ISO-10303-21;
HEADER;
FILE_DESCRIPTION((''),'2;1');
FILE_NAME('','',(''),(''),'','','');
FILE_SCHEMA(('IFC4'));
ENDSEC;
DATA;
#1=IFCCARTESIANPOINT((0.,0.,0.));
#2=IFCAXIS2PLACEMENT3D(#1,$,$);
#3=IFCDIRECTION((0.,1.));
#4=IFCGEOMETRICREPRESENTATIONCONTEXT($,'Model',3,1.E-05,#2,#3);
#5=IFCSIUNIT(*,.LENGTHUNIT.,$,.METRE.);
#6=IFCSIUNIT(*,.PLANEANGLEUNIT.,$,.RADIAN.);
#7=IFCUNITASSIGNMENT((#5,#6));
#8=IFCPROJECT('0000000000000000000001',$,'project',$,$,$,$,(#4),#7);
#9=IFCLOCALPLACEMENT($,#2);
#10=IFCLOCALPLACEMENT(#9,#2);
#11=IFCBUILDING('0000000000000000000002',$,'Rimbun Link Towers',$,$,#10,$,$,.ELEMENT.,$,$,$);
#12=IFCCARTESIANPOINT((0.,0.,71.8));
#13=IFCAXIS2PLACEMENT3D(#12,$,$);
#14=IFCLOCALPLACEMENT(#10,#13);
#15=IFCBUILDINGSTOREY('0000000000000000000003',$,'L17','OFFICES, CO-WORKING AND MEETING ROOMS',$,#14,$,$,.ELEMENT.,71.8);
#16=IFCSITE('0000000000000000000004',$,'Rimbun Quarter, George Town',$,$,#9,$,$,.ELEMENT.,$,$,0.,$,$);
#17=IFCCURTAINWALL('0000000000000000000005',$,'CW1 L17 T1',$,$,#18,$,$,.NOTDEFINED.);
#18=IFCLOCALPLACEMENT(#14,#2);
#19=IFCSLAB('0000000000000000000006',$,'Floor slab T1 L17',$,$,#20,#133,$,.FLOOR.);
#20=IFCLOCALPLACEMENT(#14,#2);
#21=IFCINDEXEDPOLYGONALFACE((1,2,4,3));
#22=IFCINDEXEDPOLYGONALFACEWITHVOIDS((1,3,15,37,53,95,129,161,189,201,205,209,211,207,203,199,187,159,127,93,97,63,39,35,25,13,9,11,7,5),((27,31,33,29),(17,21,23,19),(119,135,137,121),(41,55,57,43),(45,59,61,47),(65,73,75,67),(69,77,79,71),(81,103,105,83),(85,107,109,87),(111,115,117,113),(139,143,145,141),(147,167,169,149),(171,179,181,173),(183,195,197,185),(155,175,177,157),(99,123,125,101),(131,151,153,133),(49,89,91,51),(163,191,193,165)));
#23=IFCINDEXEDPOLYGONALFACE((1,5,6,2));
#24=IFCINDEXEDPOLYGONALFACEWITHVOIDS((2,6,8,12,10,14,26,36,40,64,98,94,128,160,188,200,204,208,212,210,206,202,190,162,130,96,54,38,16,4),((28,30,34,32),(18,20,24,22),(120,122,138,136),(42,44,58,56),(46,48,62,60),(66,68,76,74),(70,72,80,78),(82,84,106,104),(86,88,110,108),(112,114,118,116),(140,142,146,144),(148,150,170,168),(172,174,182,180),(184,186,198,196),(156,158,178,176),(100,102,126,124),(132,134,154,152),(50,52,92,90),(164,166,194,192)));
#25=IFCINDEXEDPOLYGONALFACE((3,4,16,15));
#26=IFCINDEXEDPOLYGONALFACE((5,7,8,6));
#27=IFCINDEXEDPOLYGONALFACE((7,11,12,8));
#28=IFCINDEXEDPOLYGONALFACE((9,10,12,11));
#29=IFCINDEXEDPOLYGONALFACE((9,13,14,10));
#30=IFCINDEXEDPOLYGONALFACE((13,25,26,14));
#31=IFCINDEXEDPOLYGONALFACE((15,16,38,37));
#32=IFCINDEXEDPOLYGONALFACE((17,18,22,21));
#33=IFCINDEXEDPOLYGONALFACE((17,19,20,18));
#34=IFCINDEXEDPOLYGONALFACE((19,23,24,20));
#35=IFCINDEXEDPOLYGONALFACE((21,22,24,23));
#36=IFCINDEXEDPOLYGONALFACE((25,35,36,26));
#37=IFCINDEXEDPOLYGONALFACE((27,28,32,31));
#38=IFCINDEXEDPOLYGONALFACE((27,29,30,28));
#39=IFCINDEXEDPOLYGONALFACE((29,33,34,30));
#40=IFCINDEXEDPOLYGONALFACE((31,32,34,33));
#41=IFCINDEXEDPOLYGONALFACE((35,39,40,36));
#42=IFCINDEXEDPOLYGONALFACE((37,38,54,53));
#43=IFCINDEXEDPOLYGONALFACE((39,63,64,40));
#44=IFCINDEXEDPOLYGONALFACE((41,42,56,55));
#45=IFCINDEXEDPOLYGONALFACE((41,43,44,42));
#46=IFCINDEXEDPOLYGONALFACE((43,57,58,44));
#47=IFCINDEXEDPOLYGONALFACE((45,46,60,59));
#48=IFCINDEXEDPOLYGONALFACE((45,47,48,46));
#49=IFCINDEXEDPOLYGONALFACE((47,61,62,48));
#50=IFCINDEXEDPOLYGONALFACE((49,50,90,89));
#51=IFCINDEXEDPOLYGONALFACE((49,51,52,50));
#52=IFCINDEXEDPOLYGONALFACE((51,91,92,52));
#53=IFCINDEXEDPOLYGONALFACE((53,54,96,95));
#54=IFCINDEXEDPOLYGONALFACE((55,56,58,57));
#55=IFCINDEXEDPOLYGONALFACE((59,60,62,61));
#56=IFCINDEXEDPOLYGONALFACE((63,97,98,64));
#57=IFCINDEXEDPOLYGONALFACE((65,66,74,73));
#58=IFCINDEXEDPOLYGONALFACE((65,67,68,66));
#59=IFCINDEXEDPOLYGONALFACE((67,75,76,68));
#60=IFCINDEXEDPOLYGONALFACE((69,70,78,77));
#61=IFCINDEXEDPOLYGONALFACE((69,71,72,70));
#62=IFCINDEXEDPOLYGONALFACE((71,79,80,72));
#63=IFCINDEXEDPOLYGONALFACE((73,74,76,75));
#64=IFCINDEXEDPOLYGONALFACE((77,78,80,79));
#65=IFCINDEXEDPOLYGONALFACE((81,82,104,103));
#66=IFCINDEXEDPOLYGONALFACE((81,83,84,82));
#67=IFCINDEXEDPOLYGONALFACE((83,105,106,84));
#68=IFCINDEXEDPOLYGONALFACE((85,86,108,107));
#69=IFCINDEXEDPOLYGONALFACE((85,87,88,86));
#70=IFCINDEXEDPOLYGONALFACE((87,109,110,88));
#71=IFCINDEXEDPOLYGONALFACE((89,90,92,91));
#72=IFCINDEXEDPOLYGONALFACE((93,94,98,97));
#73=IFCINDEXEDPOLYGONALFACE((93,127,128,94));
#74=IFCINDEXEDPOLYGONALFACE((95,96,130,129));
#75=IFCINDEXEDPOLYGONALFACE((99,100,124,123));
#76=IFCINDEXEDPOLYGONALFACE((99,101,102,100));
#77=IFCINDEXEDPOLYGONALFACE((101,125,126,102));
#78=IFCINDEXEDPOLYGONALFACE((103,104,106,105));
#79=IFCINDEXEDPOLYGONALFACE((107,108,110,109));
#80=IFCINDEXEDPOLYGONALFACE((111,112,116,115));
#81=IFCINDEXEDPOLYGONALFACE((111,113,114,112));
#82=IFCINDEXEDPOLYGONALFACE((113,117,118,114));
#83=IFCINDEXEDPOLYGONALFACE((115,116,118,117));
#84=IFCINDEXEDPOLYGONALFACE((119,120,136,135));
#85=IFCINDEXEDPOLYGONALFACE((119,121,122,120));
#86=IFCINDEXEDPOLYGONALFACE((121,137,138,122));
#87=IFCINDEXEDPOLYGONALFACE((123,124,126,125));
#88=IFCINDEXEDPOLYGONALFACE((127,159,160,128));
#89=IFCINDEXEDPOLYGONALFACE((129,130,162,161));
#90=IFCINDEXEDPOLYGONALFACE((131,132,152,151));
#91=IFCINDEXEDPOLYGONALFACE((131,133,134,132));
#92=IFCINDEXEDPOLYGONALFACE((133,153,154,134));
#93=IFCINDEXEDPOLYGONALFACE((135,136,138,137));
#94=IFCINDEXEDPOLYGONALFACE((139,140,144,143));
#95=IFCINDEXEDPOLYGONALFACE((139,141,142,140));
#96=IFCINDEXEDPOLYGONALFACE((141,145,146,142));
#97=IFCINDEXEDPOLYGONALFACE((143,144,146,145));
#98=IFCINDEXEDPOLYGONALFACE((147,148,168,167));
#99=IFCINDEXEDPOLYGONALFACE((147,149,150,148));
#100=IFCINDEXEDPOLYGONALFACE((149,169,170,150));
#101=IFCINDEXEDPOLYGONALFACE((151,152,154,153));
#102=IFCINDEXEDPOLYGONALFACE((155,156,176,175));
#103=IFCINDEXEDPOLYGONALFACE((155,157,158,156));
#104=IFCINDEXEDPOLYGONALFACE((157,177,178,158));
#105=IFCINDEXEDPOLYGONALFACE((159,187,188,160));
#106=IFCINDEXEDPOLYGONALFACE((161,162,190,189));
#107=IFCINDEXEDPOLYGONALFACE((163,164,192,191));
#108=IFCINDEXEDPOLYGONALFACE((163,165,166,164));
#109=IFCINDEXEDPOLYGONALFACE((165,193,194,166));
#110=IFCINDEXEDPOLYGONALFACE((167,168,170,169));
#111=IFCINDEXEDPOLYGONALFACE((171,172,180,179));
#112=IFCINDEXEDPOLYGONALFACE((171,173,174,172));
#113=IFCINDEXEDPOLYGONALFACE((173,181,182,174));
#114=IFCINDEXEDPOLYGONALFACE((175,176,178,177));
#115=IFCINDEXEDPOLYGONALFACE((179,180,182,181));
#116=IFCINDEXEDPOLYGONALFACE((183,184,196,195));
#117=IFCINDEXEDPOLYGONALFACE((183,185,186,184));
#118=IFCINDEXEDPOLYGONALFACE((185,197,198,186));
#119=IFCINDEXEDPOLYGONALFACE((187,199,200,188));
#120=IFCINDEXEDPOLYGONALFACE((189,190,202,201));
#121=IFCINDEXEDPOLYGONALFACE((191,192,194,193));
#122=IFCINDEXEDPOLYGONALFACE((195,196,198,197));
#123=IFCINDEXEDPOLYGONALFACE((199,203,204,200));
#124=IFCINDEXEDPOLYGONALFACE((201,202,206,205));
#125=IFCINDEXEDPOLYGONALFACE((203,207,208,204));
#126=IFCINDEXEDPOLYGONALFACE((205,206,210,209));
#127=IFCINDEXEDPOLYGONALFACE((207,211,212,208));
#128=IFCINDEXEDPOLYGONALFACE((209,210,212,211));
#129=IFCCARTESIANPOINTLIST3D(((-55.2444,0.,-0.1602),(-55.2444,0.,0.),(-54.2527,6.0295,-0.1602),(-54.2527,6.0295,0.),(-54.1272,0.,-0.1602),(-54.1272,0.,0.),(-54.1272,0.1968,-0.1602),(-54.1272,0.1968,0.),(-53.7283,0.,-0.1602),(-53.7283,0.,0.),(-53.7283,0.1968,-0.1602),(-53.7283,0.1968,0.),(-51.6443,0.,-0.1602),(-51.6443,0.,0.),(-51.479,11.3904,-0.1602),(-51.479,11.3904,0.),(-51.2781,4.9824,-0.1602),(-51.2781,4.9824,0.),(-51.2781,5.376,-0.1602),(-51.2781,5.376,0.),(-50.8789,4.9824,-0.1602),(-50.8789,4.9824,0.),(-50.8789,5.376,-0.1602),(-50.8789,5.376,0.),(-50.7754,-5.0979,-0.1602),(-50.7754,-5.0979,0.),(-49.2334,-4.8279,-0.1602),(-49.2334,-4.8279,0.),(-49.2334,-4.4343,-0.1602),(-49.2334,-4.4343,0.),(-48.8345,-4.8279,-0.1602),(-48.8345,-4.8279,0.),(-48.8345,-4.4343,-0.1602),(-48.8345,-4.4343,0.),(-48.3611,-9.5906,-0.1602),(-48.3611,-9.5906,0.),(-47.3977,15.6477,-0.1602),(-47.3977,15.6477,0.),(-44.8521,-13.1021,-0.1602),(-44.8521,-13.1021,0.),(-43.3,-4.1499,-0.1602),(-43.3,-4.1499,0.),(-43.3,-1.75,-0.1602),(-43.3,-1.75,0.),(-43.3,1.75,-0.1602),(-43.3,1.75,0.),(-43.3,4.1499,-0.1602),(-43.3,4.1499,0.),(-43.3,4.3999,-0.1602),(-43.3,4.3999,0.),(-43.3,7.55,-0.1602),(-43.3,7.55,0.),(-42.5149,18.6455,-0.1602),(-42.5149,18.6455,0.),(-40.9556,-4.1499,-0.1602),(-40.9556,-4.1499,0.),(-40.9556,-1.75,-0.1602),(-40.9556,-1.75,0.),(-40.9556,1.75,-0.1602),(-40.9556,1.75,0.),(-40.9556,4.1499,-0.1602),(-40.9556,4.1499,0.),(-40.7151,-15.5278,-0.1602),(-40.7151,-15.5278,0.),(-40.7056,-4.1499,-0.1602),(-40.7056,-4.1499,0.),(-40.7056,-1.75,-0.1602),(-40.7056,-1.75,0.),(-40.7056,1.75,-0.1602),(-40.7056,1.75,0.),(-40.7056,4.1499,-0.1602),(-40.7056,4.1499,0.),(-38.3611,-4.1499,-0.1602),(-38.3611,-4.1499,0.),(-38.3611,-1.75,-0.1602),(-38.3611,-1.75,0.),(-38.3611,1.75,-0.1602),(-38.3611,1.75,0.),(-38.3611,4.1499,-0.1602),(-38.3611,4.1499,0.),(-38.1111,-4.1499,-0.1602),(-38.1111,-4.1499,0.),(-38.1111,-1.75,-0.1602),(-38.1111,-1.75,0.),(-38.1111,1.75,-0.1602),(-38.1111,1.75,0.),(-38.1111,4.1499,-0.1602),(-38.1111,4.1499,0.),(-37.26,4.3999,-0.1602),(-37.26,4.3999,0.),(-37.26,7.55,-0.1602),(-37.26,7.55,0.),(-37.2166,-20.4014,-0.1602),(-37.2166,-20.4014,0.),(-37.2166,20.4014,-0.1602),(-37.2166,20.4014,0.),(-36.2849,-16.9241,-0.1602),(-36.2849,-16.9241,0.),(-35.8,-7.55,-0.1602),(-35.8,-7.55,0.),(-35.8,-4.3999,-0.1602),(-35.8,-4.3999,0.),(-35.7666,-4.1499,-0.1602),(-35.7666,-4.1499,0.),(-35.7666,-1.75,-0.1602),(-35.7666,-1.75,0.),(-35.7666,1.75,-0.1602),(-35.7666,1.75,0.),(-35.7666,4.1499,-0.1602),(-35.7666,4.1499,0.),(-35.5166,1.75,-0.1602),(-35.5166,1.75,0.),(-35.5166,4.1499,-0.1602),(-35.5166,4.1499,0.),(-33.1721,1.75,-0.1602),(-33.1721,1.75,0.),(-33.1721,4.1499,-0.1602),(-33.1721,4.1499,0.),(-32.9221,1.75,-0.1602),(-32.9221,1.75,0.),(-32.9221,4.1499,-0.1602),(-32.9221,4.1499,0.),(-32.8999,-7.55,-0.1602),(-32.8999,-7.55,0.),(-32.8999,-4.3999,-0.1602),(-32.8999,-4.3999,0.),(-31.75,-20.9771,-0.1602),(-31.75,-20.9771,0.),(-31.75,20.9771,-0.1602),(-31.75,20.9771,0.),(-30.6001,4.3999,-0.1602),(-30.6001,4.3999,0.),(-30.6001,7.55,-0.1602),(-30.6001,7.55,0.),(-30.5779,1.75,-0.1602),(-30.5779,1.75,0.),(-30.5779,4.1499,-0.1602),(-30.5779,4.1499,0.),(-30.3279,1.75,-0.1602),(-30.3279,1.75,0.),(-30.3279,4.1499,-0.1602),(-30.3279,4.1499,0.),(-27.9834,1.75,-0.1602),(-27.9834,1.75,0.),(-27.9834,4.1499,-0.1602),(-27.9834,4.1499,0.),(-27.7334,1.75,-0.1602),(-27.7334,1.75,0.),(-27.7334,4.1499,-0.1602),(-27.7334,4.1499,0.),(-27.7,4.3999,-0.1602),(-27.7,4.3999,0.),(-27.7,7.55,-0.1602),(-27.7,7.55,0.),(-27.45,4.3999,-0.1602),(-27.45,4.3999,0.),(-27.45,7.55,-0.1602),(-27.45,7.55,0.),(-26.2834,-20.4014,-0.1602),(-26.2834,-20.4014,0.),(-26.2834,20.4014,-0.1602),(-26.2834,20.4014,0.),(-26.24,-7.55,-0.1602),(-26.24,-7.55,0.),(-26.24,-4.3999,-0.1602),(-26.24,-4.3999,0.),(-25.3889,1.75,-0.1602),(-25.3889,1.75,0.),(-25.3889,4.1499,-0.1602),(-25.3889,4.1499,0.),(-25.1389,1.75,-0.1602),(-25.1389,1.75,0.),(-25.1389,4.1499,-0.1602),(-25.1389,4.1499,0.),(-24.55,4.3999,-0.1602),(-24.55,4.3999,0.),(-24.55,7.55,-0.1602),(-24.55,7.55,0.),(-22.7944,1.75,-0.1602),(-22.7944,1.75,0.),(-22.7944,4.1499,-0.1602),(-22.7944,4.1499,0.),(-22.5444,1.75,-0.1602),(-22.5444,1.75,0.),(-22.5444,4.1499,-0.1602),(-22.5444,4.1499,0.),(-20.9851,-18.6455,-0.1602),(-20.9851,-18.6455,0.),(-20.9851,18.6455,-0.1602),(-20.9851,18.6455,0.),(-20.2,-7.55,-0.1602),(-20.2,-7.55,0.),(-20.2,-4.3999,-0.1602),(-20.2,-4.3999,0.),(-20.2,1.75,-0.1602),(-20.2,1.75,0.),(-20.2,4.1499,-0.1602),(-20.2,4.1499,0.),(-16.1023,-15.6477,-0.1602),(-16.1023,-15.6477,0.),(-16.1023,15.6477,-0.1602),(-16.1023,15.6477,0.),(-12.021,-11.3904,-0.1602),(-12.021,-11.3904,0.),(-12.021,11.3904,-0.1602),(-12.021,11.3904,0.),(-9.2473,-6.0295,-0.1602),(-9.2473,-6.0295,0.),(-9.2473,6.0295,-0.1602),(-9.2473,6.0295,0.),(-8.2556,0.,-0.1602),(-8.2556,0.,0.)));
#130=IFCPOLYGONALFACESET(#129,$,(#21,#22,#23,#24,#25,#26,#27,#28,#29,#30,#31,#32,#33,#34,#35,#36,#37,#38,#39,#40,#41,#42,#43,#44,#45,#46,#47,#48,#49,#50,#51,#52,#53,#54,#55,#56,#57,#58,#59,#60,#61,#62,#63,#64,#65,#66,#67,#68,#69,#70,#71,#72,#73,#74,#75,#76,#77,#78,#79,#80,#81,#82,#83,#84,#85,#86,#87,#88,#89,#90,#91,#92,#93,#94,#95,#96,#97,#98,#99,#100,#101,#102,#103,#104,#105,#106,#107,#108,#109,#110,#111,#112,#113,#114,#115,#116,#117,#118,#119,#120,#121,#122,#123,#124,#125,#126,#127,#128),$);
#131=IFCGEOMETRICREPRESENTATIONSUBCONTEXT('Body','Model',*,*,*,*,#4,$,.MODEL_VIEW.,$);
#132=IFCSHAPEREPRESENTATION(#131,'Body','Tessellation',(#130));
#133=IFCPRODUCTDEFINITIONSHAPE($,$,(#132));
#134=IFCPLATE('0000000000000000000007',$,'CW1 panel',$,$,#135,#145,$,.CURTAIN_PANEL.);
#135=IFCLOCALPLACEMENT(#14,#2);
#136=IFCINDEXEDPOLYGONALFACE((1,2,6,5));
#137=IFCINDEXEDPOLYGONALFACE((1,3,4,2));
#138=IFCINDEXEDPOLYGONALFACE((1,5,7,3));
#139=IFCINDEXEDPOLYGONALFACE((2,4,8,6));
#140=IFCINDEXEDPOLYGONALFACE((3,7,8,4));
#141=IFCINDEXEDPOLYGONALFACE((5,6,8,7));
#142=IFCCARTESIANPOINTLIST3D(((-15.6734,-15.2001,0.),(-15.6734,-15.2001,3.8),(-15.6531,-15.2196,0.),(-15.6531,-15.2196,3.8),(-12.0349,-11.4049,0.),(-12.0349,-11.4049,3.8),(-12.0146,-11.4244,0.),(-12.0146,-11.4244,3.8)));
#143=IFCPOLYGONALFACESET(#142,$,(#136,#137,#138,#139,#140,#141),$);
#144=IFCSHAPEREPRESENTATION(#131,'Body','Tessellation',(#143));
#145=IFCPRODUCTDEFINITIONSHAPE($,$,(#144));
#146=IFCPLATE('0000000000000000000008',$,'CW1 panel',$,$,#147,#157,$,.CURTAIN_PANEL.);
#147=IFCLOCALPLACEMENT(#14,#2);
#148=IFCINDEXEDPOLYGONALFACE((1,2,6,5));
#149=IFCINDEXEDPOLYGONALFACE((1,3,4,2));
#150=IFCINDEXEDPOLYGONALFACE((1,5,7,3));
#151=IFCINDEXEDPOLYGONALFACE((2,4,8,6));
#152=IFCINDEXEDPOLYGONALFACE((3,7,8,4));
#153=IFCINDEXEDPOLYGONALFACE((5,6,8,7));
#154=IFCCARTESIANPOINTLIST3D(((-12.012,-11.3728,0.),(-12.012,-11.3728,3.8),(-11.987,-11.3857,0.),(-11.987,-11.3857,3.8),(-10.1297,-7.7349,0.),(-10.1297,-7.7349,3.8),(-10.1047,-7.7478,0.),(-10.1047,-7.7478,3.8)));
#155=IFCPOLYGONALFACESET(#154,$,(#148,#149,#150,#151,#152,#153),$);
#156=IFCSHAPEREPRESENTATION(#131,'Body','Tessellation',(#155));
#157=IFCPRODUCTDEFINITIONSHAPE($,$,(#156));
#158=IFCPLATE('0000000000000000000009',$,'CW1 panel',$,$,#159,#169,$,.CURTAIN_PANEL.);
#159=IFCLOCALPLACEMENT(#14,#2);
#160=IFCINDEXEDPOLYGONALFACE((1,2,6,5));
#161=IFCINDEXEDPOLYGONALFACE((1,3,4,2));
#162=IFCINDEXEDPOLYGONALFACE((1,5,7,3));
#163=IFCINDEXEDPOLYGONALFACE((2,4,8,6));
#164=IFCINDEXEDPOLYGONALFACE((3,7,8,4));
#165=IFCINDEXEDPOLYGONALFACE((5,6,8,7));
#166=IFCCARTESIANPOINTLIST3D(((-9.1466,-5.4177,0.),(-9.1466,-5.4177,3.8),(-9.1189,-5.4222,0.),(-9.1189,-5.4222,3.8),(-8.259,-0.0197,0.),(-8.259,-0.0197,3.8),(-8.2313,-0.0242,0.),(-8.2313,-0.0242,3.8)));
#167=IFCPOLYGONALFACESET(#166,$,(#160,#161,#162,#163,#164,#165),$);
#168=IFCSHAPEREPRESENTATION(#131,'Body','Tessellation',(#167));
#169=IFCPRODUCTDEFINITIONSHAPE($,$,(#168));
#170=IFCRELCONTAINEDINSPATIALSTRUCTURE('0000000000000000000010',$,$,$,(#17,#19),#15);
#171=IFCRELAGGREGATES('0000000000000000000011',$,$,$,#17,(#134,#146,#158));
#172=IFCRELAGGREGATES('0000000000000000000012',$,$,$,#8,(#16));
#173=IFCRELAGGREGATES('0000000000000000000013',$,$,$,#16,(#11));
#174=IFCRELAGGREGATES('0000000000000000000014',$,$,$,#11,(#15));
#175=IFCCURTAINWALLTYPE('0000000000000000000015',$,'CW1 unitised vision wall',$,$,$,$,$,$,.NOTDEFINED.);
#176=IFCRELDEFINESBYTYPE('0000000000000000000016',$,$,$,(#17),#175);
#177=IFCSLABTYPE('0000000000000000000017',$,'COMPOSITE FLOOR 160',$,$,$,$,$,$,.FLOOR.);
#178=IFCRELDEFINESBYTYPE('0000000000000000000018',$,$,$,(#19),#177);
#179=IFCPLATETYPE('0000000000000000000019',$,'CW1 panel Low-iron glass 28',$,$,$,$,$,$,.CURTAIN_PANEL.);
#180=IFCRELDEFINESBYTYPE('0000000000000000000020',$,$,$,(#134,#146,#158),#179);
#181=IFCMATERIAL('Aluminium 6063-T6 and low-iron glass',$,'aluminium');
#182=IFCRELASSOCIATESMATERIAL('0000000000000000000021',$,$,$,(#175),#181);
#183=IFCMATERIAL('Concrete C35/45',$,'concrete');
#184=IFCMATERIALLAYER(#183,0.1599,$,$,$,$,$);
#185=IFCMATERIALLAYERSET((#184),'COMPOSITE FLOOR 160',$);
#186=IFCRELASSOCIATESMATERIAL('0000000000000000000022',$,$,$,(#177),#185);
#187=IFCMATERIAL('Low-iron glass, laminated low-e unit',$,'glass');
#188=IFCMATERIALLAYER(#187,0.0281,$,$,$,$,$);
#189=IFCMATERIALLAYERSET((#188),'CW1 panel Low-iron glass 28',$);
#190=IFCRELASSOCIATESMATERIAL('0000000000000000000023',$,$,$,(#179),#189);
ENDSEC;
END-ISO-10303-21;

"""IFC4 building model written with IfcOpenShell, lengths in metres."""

from ifc_helpers import new_model, si_unit, direction, frame, origin, origin_2d, place, context, subcontext, project, spatial, polyline, rectangle, outline, extrude, material, layer, layer_set, type_object, element, aggregate, save


model = new_model("IFC4")

# Units and contexts
model_context = context("Model", 3, precision=1e-05, world=origin(), true_north=direction((0.0, 1.0)))
body_context = subcontext(model_context, "Body", "Model", "MODEL_VIEW")
ifc_project = project(units=[si_unit("LENGTHUNIT", "METRE"), si_unit("PLANEANGLEUNIT", "RADIAN")], contexts=[model_context])

# Site, building, storey
site_placement = place(None, origin())
site = spatial("IfcSite", under=ifc_project, at=site_placement, Name="Rimbun Quarter, George Town", CompositionType="ELEMENT", RefElevation=0.0)
building_placement = place(site_placement, origin())
building = spatial("IfcBuilding", under=site, at=building_placement, Name="Rimbun Link Towers", CompositionType="ELEMENT")
storey_placement = place(building_placement, frame((0.0, 0.0, 71.8)))
storey = spatial("IfcBuildingStorey", under=building, at=storey_placement, Name="L17", Description="OFFICES, CO-WORKING AND MEETING ROOMS", CompositionType="ELEMENT", Elevation=71.8)

# Curtain wall
ifc_material_1 = material(Name="Aluminium 6063-T6 and low-iron glass", Category="aluminium")
curtain_wall_type = type_object("IfcCurtainWallType", Name="CW1 unitised vision wall", PredefinedType="NOTDEFINED", material=ifc_material_1)
curtain_wall_placement = place(storey_placement, origin())
curtain_wall = element("IfcCurtainWall", 1, at=curtain_wall_placement, inside=storey, type_object=curtain_wall_type, Name="CW1 L17 T1", PredefinedType="NOTDEFINED")

# Slab
ifc_material_2 = material(Name="Concrete C35/45", Category="concrete")
ifc_layer_1 = layer(ifc_material_2, 0.1599)
ifc_layer_set_1 = layer_set([ifc_layer_1], Name="COMPOSITE FLOOR 160")
slab_type = type_object("IfcSlabType", Name="COMPOSITE FLOOR 160", PredefinedType="FLOOR", material=ifc_layer_set_1)
slab_placement = place(storey_placement, frame((0.0, 0.0, -0.1602)))
element("IfcSlab", 2, at=slab_placement, inside=storey, type_object=slab_type, Name="Floor slab T1 L17", PredefinedType="FLOOR", context=body_context, shape_type="SweptSolid", body=[
    extrude(outline(polyline([(-55.2444, 0.0), (-54.2527, 6.0295), (-51.479, 11.3904), (-47.3977, 15.6477), (-42.5149, 18.6455), (-37.2166, 20.4014), (-31.75, 20.9771), (-26.2834, 20.4014), (-20.9851, 18.6455), (-16.1023, 15.6477), (-12.021, 11.3904), (-9.2473, 6.0295), (-8.2556, 0.0), (-9.2473, -6.0295), (-12.021, -11.3904), (-16.1023, -15.6477), (-20.9851, -18.6455), (-26.2834, -20.4014), (-31.75, -20.9771), (-37.2166, -20.4014), (-36.2849, -16.9241), (-40.7151, -15.5278), (-44.8521, -13.1021), (-48.3611, -9.5906), (-50.7754, -5.0979), (-51.6443, 0.0), (-53.7283, 0.0), (-53.7283, 0.1968), (-54.1272, 0.1968), (-54.1272, 0.0), (-55.2444, 0.0)]), holes=[polyline([(-48.8345, -4.8279), (-48.8345, -4.4343), (-49.2334, -4.4343), (-49.2334, -4.8279), (-48.8345, -4.8279)]), polyline([(-40.9556, -4.1499), (-40.9556, -1.75), (-43.3, -1.75), (-43.3, -4.1499), (-40.9556, -4.1499)]), polyline([(-38.3611, -4.1499), (-38.3611, -1.75), (-40.7056, -1.75), (-40.7056, -4.1499), (-38.3611, -4.1499)]), polyline([(-38.1111, -4.1499), (-35.7666, -4.1499), (-35.7666, -1.75), (-38.1111, -1.75), (-38.1111, -4.1499)]), polyline([(-40.9556, 1.75), (-40.9556, 4.1499), (-43.3, 4.1499), (-43.3, 1.75), (-40.9556, 1.75)]), polyline([(-38.3611, 1.75), (-38.3611, 4.1499), (-40.7056, 4.1499), (-40.7056, 1.75), (-38.3611, 1.75)]), polyline([(-35.7666, 1.75), (-35.7666, 4.1499), (-38.1111, 4.1499), (-38.1111, 1.75), (-35.7666, 1.75)]), polyline([(-51.2781, 4.9824), (-50.8789, 4.9824), (-50.8789, 5.376), (-51.2781, 5.376), (-51.2781, 4.9824)]), polyline([(-43.3, 4.3999), (-37.26, 4.3999), (-37.26, 7.55), (-43.3, 7.55), (-43.3, 4.3999)]), polyline([(-32.8999, -7.55), (-32.8999, -4.3999), (-35.8, -4.3999), (-35.8, -7.55), (-32.8999, -7.55)]), polyline([(-20.2, -7.55), (-20.2, -4.3999), (-26.24, -4.3999), (-26.24, -7.55), (-20.2, -7.55)]), polyline([(-33.1721, 1.75), (-33.1721, 4.1499), (-35.5166, 4.1499), (-35.5166, 1.75), (-33.1721, 1.75)]), polyline([(-32.9221, 1.75), (-30.5779, 1.75), (-30.5779, 4.1499), (-32.9221, 4.1499), (-32.9221, 1.75)]), polyline([(-30.3279, 1.75), (-27.9834, 1.75), (-27.9834, 4.1499), (-30.3279, 4.1499), (-30.3279, 1.75)]), polyline([(-25.3889, 1.75), (-25.3889, 4.1499), (-27.7334, 4.1499), (-27.7334, 1.75), (-25.3889, 1.75)]), polyline([(-22.7944, 1.75), (-22.7944, 4.1499), (-25.1389, 4.1499), (-25.1389, 1.75), (-22.7944, 1.75)]), polyline([(-20.2, 1.75), (-20.2, 4.1499), (-22.5444, 4.1499), (-22.5444, 1.75), (-20.2, 1.75)]), polyline([(-30.6001, 4.3999), (-27.7, 4.3999), (-27.7, 7.55), (-30.6001, 7.55), (-30.6001, 4.3999)]), polyline([(-27.45, 4.3999), (-24.55, 4.3999), (-24.55, 7.55), (-27.45, 7.55), (-27.45, 4.3999)])]), origin(), (0.0, 0.0, 1.0), 0.1602),
])

# Plates
ifc_material_3 = material(Name="Low-iron glass, laminated low-e unit", Category="glass")
ifc_layer_2 = layer(ifc_material_3, 0.0281)
ifc_layer_set_2 = layer_set([ifc_layer_2], Name="CW1 panel Low-iron glass 28")
plate_type = type_object("IfcPlateType", Name="CW1 panel Low-iron glass 28", PredefinedType="CURTAIN_PANEL", material=ifc_layer_set_2)
plate_1_placement = place(storey_placement, frame((-13.844, -13.3123, 0.0), z_axis=(0.0, 0.0, 1.0), x_axis=(-0.692045, -0.721854, 0.0)))
plate_1 = element("IfcPlate", 3, at=plate_1_placement, type_object=plate_type, Name="CW1 panel", PredefinedType="CURTAIN_PANEL", context=body_context, shape_type="SweptSolid", body=[
    extrude(rectangle(XDim=5.2576, YDim=0.0281, at=origin_2d()), origin(), (0.0, 0.0, 1.0), 3.8),
])
plate_2_placement = place(storey_placement, frame((-11.0583, -9.5603, 0.0), z_axis=(0.0, 0.0, 1.0), x_axis=(-0.459556, -0.888149, 0.0)))
plate_2 = element("IfcPlate", 4, at=plate_2_placement, type_object=plate_type, Name="CW1 panel", PredefinedType="CURTAIN_PANEL", context=body_context, shape_type="SweptSolid", body=[
    extrude(rectangle(XDim=4.0959, YDim=0.0281, at=origin_2d()), origin(), (0.0, 0.0, 1.0), 3.8),
])
plate_3_placement = place(storey_placement, frame((-8.689, -2.7209, 0.0), z_axis=(0.0, 0.0, 1.0), x_axis=(-0.16226, -0.986748, 0.0)))
plate_3 = element("IfcPlate", 5, at=plate_3_placement, type_object=plate_type, Name="CW1 panel", PredefinedType="CURTAIN_PANEL", context=body_context, shape_type="SweptSolid", body=[
    extrude(rectangle(XDim=5.4705, YDim=0.0281, at=origin_2d()), origin(), (0.0, 0.0, 1.0), 3.8),
])
aggregate(curtain_wall, [plate_1, plate_2, plate_3])

save(model, "model.ifc")
